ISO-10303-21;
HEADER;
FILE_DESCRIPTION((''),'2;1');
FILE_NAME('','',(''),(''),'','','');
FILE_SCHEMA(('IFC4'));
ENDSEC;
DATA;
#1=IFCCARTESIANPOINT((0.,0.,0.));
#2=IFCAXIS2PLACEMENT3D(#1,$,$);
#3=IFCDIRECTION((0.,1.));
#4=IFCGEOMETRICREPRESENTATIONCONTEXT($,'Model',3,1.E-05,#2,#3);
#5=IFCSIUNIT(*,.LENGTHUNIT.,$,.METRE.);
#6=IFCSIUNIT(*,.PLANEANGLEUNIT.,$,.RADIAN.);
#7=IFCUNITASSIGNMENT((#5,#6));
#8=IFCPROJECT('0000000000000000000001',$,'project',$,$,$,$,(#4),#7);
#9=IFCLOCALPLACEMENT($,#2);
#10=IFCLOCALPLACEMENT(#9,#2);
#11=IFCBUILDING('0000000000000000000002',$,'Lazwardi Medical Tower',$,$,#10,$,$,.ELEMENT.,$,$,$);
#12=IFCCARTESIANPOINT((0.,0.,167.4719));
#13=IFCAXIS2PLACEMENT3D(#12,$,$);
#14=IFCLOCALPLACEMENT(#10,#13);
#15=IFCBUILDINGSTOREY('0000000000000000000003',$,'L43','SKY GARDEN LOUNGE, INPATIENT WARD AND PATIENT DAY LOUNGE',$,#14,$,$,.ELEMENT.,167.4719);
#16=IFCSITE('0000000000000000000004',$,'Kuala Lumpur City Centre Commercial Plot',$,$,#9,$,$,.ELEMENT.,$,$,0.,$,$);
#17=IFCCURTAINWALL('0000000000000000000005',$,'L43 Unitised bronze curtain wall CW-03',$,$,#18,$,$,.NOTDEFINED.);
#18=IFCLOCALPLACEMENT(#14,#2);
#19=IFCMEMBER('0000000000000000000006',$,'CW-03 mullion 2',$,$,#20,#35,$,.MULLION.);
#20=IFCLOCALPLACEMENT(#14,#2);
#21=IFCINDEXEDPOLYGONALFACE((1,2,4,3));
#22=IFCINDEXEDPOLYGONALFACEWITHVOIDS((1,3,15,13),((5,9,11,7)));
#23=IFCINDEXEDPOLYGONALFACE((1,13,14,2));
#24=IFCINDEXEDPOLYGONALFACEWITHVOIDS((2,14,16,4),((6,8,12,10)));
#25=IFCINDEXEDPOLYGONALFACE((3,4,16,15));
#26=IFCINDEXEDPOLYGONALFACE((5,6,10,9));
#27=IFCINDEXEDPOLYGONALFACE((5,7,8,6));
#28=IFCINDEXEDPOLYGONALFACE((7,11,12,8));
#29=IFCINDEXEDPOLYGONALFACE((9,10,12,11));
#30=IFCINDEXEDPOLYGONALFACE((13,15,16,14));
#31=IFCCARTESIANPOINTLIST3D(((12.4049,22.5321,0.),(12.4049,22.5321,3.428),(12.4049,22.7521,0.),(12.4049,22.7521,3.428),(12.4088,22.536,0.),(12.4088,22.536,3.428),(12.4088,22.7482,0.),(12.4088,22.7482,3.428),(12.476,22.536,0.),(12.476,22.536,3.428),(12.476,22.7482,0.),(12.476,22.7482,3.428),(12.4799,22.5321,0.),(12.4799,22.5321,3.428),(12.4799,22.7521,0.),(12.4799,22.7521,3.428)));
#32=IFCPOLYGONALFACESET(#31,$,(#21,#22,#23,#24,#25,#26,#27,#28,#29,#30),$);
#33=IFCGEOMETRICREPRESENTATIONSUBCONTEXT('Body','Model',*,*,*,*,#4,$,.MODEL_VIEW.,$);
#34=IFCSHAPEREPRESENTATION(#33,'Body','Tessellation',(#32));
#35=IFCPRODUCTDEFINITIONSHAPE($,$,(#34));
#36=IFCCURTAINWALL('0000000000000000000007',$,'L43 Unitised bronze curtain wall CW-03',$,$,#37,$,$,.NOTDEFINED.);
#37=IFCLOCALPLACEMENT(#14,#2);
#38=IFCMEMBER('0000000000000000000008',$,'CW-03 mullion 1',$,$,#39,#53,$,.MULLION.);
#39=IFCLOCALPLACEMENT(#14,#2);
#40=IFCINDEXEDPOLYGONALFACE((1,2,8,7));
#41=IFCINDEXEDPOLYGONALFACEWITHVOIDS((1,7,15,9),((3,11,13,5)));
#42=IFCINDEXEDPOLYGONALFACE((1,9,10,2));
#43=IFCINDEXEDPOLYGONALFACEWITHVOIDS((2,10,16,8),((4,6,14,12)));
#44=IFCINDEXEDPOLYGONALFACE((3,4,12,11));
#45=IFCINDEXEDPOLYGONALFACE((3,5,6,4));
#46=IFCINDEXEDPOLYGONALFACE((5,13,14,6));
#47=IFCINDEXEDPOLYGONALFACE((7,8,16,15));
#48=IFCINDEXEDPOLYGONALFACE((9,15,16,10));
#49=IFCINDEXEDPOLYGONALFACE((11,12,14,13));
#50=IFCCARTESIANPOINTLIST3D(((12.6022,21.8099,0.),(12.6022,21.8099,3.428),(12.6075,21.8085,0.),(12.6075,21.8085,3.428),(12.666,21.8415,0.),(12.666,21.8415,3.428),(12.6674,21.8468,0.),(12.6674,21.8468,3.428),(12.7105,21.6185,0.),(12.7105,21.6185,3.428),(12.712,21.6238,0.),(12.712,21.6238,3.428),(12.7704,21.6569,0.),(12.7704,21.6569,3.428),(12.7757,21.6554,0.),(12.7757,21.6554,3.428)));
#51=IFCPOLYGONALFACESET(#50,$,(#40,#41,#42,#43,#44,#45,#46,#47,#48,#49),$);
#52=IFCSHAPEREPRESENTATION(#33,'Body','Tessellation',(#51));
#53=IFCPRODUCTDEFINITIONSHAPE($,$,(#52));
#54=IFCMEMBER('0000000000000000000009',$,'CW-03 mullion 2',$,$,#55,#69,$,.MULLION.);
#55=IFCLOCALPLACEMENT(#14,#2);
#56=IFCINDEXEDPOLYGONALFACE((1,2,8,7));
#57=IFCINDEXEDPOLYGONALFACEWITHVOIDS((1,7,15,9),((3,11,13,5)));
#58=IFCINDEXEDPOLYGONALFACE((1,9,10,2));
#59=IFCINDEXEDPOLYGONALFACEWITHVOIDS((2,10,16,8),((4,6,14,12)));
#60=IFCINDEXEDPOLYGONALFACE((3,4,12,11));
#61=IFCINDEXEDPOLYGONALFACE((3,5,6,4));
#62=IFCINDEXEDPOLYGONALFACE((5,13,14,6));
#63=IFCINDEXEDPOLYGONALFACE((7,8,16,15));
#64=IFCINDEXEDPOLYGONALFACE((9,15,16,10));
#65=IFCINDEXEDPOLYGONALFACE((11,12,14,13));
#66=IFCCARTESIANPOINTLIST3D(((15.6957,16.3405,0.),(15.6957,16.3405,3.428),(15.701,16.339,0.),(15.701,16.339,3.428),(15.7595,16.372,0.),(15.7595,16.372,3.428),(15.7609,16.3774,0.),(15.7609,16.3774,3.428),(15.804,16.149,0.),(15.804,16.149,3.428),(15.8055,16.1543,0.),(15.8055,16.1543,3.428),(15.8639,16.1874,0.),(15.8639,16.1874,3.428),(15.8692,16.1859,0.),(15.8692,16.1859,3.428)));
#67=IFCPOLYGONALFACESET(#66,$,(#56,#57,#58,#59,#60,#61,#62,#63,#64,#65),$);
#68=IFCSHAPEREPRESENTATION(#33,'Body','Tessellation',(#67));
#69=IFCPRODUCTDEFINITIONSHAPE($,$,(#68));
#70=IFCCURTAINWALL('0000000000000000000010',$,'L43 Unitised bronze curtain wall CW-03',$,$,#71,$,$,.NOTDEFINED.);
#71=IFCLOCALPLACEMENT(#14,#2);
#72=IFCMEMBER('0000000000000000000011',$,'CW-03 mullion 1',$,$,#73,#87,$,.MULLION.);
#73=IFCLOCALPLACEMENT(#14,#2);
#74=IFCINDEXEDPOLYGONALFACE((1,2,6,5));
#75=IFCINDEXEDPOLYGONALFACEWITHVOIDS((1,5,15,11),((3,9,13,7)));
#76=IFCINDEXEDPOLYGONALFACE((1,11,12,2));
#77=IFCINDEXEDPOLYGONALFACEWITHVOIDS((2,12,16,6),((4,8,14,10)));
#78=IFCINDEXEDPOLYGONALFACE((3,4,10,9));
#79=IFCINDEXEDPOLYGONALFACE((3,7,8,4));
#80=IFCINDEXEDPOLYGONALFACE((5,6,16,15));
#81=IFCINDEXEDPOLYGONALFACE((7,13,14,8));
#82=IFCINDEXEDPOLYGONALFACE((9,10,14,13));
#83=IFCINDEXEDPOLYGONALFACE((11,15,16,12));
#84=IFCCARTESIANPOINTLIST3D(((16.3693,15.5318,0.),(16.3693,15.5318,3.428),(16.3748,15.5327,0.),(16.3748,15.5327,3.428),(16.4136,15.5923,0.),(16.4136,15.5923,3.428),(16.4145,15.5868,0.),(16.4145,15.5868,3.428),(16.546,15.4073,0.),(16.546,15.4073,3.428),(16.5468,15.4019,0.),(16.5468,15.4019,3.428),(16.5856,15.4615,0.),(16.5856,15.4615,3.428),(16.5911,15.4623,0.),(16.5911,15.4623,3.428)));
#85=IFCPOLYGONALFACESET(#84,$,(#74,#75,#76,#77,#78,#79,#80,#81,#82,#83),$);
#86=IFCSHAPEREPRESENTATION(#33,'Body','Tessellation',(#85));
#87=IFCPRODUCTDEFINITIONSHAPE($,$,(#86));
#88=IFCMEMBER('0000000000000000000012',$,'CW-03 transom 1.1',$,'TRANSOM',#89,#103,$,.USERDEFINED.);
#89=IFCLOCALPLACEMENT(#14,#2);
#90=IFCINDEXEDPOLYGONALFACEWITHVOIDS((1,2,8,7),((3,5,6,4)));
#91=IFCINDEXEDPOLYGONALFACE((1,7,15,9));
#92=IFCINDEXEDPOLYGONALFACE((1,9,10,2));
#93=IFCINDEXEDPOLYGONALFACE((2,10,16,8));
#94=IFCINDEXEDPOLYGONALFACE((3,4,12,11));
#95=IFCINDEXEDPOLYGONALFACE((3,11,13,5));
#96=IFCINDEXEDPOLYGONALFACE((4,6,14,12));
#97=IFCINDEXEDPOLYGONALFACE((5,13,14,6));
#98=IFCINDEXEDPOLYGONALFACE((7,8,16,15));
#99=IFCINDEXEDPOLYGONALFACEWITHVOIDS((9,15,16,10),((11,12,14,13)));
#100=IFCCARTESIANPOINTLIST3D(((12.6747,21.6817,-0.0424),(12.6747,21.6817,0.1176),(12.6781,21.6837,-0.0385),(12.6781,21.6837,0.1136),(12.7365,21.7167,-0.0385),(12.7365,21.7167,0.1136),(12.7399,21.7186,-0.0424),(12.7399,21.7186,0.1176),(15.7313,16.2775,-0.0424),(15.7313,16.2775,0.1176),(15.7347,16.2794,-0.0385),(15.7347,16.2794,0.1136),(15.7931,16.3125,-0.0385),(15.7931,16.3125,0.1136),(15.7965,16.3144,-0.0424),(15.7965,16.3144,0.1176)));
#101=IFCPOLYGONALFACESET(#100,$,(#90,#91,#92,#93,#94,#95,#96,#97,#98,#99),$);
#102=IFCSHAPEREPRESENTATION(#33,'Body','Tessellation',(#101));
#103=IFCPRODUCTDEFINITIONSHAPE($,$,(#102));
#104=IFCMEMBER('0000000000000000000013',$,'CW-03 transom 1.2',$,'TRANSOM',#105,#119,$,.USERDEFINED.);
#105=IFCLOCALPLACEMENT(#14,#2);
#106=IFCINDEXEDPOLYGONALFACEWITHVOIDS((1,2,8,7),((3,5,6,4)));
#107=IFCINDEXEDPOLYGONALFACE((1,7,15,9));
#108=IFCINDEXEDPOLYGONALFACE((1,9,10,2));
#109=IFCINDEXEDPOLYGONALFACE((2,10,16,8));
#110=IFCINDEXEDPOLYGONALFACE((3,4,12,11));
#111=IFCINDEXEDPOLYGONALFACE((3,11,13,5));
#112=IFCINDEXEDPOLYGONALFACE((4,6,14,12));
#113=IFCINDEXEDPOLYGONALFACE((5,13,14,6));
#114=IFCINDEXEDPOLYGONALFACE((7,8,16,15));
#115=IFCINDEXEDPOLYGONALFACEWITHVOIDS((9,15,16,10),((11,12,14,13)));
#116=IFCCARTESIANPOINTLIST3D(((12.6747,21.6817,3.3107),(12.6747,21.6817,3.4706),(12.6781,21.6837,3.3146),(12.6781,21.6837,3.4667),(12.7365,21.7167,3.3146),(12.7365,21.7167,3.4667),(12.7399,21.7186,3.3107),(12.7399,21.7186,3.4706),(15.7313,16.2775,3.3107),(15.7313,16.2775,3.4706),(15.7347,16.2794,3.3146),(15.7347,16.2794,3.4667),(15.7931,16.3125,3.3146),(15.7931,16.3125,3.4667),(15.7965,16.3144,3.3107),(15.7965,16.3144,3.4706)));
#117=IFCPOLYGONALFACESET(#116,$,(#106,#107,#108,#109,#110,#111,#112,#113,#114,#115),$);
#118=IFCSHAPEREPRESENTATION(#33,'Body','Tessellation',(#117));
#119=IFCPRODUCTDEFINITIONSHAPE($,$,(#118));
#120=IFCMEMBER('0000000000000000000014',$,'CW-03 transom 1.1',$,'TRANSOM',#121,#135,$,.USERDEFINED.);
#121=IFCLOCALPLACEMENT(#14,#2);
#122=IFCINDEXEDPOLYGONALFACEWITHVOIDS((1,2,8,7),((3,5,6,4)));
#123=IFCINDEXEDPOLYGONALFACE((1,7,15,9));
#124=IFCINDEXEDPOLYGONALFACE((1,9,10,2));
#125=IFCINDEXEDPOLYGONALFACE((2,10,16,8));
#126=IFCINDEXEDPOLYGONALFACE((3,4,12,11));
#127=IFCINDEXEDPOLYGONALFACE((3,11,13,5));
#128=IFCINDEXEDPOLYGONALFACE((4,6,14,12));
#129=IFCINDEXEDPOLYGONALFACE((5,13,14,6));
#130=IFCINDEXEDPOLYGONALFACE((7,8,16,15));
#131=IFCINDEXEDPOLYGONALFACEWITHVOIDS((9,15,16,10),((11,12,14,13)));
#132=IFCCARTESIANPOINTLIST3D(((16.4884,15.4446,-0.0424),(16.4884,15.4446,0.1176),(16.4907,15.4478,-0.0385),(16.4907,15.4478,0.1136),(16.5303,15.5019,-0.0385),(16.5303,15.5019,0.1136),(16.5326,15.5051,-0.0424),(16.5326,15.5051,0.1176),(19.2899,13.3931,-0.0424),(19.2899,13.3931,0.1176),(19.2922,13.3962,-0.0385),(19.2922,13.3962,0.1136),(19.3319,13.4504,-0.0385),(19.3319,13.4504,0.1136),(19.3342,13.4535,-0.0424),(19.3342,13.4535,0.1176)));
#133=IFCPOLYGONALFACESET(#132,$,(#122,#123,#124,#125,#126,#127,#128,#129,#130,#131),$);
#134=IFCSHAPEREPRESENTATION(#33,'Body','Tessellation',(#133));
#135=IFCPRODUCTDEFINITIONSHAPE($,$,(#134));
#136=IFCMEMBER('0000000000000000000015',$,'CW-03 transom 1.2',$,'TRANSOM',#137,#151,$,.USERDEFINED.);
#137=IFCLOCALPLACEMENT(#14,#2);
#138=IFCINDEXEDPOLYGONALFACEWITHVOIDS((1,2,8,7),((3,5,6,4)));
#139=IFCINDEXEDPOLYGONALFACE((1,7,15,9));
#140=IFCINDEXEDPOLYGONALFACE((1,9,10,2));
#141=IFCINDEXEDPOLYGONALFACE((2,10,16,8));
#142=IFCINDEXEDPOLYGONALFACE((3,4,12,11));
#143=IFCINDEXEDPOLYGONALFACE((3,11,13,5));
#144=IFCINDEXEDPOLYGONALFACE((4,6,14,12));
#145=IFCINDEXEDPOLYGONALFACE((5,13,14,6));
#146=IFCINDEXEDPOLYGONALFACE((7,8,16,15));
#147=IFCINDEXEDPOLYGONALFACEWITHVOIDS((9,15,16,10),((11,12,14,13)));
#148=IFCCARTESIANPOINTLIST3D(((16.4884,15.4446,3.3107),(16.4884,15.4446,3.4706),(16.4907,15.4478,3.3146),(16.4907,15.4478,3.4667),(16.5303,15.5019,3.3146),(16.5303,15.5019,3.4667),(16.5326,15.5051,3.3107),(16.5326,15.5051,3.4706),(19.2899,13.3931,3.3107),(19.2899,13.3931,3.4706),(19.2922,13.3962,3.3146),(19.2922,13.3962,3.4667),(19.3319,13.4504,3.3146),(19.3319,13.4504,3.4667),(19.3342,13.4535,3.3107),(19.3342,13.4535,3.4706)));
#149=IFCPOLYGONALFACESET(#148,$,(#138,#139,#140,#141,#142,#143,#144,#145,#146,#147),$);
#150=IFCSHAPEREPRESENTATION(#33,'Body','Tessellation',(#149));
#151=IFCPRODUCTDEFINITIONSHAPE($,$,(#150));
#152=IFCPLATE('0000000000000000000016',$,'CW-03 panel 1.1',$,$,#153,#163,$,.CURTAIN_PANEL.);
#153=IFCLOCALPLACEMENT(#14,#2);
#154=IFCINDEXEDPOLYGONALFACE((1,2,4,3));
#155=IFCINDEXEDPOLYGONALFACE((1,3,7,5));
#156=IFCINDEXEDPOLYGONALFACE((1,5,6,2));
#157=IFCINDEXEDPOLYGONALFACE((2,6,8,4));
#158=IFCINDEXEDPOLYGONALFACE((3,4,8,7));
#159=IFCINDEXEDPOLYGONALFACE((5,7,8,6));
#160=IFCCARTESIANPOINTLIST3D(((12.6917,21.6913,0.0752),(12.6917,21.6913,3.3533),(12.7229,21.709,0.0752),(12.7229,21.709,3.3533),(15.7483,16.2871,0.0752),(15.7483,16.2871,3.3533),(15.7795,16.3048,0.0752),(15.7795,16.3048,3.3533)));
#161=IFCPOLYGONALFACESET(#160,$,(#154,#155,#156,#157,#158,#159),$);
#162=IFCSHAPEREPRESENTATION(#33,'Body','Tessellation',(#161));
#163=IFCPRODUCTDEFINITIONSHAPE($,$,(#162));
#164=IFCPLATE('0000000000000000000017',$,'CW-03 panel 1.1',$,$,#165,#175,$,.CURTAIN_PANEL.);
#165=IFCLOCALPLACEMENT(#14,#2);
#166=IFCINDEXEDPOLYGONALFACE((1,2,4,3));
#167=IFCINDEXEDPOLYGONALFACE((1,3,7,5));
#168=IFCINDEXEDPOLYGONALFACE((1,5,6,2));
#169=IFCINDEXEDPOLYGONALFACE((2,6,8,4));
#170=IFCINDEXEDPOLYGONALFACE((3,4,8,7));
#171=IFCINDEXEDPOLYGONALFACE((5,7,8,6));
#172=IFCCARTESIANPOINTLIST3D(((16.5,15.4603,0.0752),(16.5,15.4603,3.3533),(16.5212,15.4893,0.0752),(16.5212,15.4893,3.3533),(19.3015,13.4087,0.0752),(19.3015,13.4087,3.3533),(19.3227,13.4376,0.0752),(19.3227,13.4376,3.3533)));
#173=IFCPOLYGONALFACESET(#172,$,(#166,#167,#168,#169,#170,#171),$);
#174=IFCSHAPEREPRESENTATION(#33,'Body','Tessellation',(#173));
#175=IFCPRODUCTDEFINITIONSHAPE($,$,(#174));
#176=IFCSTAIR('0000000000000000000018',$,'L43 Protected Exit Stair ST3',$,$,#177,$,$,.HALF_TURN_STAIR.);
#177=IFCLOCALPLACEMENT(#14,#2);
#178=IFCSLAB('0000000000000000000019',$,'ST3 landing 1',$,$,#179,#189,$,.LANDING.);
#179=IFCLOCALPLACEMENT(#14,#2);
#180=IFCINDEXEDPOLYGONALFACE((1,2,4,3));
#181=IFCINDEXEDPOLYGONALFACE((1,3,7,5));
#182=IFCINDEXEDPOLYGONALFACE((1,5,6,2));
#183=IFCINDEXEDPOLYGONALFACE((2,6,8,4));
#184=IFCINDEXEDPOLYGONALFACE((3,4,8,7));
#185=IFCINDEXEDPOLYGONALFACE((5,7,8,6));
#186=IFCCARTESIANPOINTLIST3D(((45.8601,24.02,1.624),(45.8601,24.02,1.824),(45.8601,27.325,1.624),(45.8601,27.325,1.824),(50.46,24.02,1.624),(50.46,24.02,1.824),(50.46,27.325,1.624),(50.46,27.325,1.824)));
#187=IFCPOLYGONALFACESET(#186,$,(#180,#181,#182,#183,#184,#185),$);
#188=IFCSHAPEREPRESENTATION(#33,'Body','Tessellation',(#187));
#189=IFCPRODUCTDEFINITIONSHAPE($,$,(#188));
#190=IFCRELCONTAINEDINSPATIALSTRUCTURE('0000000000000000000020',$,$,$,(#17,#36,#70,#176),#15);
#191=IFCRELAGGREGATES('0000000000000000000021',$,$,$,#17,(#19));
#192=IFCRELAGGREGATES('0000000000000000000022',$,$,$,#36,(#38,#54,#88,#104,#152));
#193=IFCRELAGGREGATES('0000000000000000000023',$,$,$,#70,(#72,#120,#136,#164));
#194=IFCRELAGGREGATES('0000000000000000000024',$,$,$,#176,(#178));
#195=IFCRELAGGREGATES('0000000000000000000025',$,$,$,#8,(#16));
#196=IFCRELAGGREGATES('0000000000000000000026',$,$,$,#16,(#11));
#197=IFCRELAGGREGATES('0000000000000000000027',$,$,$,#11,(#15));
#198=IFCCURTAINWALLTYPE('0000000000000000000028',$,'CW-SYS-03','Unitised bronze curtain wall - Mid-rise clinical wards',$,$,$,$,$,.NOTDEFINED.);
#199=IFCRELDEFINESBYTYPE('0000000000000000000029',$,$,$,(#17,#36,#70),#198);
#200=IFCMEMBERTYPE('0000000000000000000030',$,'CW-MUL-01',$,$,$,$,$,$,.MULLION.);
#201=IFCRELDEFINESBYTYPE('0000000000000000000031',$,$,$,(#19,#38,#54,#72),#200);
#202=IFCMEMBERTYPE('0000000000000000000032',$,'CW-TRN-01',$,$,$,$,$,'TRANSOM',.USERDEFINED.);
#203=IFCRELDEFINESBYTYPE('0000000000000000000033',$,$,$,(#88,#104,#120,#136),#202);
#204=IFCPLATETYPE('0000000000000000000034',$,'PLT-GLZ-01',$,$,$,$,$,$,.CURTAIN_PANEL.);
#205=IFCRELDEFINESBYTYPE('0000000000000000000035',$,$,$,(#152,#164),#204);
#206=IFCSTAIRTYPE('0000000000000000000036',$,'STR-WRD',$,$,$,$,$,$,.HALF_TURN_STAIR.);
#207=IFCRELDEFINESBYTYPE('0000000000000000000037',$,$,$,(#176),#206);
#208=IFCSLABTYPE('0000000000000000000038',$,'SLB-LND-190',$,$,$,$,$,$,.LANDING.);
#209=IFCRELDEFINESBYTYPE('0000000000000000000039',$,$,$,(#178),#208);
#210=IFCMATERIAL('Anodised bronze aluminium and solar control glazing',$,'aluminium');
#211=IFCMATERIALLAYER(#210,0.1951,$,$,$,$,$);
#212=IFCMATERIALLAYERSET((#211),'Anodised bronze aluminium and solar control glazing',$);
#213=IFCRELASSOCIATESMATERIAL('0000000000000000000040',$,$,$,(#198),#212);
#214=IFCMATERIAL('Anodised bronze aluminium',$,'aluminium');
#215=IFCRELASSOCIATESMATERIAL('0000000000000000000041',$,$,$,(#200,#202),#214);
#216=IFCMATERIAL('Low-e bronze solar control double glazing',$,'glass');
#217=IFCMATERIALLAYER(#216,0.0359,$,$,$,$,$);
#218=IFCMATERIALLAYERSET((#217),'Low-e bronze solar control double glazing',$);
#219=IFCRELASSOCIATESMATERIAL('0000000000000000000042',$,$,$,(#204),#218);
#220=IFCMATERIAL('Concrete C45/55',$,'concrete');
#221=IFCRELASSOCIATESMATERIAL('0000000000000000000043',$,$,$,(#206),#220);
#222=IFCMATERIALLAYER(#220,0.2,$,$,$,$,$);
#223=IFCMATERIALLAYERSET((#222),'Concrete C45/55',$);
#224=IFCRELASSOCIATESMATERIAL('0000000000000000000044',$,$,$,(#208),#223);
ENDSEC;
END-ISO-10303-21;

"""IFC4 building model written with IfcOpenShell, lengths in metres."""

from ifc_helpers import new_model, si_unit, direction, frame, origin, origin_2d, place, context, subcontext, project, spatial, polyline, rectangle, hollow_rectangle, outline, extrude, material, layer, layer_set, material_profile, profile_set, type_object, element, aggregate, save


model = new_model("IFC4")

# Units and contexts
model_context = context("Model", 3, precision=1e-05, world=origin(), true_north=direction((0.0, 1.0)))
body_context = subcontext(model_context, "Body", "Model", "MODEL_VIEW")
ifc_project = project(units=[si_unit("LENGTHUNIT", "METRE"), si_unit("PLANEANGLEUNIT", "RADIAN")], contexts=[model_context])

# Site, building, storey
site_placement = place(None, origin())
site = spatial("IfcSite", under=ifc_project, at=site_placement, Name="Kuala Lumpur City Centre Commercial Plot", CompositionType="ELEMENT", RefElevation=0.0)
building_placement = place(site_placement, origin())
building = spatial("IfcBuilding", under=site, at=building_placement, Name="Lazwardi Medical Tower", CompositionType="ELEMENT")
storey_placement = place(building_placement, frame((0.0, 0.0, 167.4719)))
storey = spatial("IfcBuildingStorey", under=building, at=storey_placement, Name="L43", Description="SKY GARDEN LOUNGE, INPATIENT WARD AND PATIENT DAY LOUNGE", CompositionType="ELEMENT", Elevation=167.4719)

# Curtain wall, member
ifc_material_1 = material(Name="Anodised bronze aluminium and solar control glazing", Category="aluminium")
ifc_layer_1 = layer(ifc_material_1, 0.1951)
ifc_layer_set_1 = layer_set([ifc_layer_1], Name="Anodised bronze aluminium and solar control glazing")
curtain_wall_type = type_object("IfcCurtainWallType", Name="CW-SYS-03", Description="Unitised bronze curtain wall - Mid-rise clinical wards", PredefinedType="NOTDEFINED", material=ifc_layer_set_1)
curtain_wall_1_placement = place(storey_placement, origin())
curtain_wall_1 = element("IfcCurtainWall", 1, at=curtain_wall_1_placement, inside=storey, type_object=curtain_wall_type, Name="L43 Unitised bronze curtain wall CW-03", PredefinedType="NOTDEFINED")
ifc_material_2 = material(Name="Anodised bronze aluminium", Category="aluminium")
ifc_material_profile_1 = material_profile(ifc_material_2, hollow_rectangle(XDim=0.075, YDim=0.22, WallThickness=0.0039, at=origin_2d()), Name="ALU-MULLION 220x75x4")
ifc_profile_set_1 = profile_set([ifc_material_profile_1], Name="Anodised bronze aluminium")
member_type_1 = type_object("IfcMemberType", Name="CW-MUL-01", PredefinedType="MULLION", material=ifc_profile_set_1)
member_1_placement = place(storey_placement, frame((12.4424, 22.6421, 0.0), z_axis=(0.0, 0.0, 1.0), x_axis=(1.0, 0.0, 0.0)))
member_1 = element("IfcMember", 2, at=member_1_placement, type_object=member_type_1, Name="CW-03 mullion 2", PredefinedType="MULLION", context=body_context, shape_type="SweptSolid", body=[
    extrude(hollow_rectangle(XDim=0.075, YDim=0.22, WallThickness=0.0039, at=origin_2d()), origin(), (0.0, 0.0, 1.0), 3.428),
])
aggregate(curtain_wall_1, [member_1])

# Curtain wall, members
curtain_wall_2_placement = place(storey_placement, origin())
curtain_wall_2 = element("IfcCurtainWall", 3, at=curtain_wall_2_placement, inside=storey, type_object=curtain_wall_type, Name="L43 Unitised bronze curtain wall CW-03", PredefinedType="NOTDEFINED")
member_2_placement = place(storey_placement, frame((12.689, 21.7327, 0.0), z_axis=(0.0, 0.0, 1.0), x_axis=(0.870419, 0.492312, 0.0)))
member_2 = element("IfcMember", 4, at=member_2_placement, type_object=member_type_1, Name="CW-03 mullion 1", PredefinedType="MULLION", context=body_context, shape_type="SweptSolid", body=[
    extrude(hollow_rectangle(XDim=0.075, YDim=0.22, WallThickness=0.0039, at=origin_2d()), origin(), (0.0, 0.0, 1.0), 3.428),
])
member_3_placement = place(storey_placement, frame((15.7825, 16.2632, 0.0), z_axis=(0.0, 0.0, 1.0), x_axis=(0.870419, 0.492312, 0.0)))
member_3 = element("IfcMember", 5, at=member_3_placement, type_object=member_type_1, Name="CW-03 mullion 2", PredefinedType="MULLION", context=body_context, shape_type="SweptSolid", body=[
    extrude(hollow_rectangle(XDim=0.075, YDim=0.22, WallThickness=0.0039, at=origin_2d()), origin(), (0.0, 0.0, 1.0), 3.428),
])

# Curtain wall, member
curtain_wall_3_placement = place(storey_placement, origin())
curtain_wall_3 = element("IfcCurtainWall", 6, at=curtain_wall_3_placement, inside=storey, type_object=curtain_wall_type, Name="L43 Unitised bronze curtain wall CW-03", PredefinedType="NOTDEFINED")
member_4_placement = place(storey_placement, frame((16.4802, 15.4971, 0.0), z_axis=(0.0, 0.0, 1.0), x_axis=(0.590834, 0.806793, 0.0)))
member_4 = element("IfcMember", 7, at=member_4_placement, type_object=member_type_1, Name="CW-03 mullion 1", PredefinedType="MULLION", context=body_context, shape_type="SweptSolid", body=[
    extrude(hollow_rectangle(XDim=0.075, YDim=0.22, WallThickness=0.0039, at=origin_2d()), origin(), (0.0, 0.0, 1.0), 3.428),
])

# Members
ifc_material_profile_2 = material_profile(ifc_material_2, hollow_rectangle(XDim=0.075, YDim=0.1599, WallThickness=0.0039, at=origin_2d()), Name="ALU-TRANSOM 160x75x4")
ifc_profile_set_2 = profile_set([ifc_material_profile_2], Name="Anodised bronze aluminium")
member_type_2 = type_object("IfcMemberType", Name="CW-TRN-01", ElementType="TRANSOM", PredefinedType="USERDEFINED", material=ifc_profile_set_2)
member_5_placement = place(storey_placement, frame((12.7073, 21.7002, 0.0376), z_axis=(0.492306, -0.870422, 0.0), x_axis=(0.870422, 0.492306, 0.0)))
member_5 = element("IfcMember", 8, at=member_5_placement, type_object=member_type_2, Name="CW-03 transom 1.1", ObjectType="TRANSOM", PredefinedType="USERDEFINED", context=body_context, shape_type="SweptSolid", body=[
    extrude(hollow_rectangle(XDim=0.075, YDim=0.1599, WallThickness=0.0039, at=origin_2d()), origin(), (0.0, 0.0, 1.0), 6.2087),
])
member_6_placement = place(storey_placement, frame((12.7073, 21.7002, 3.3906), z_axis=(0.492306, -0.870422, 0.0), x_axis=(0.870422, 0.492306, 0.0)))
member_6 = element("IfcMember", 9, at=member_6_placement, type_object=member_type_2, Name="CW-03 transom 1.2", ObjectType="TRANSOM", PredefinedType="USERDEFINED", context=body_context, shape_type="SweptSolid", body=[
    extrude(hollow_rectangle(XDim=0.075, YDim=0.1599, WallThickness=0.0039, at=origin_2d()), origin(), (0.0, 0.0, 1.0), 6.2087),
])
member_7_placement = place(storey_placement, frame((16.5105, 15.4749, 0.0376), z_axis=(0.806807, -0.590815, 0.0), x_axis=(0.590815, 0.806807, 0.0)))
member_7 = element("IfcMember", 10, at=member_7_placement, type_object=member_type_2, Name="CW-03 transom 1.1", ObjectType="TRANSOM", PredefinedType="USERDEFINED", context=body_context, shape_type="SweptSolid", body=[
    extrude(hollow_rectangle(XDim=0.075, YDim=0.1599, WallThickness=0.0039, at=origin_2d()), origin(), (0.0, 0.0, 1.0), 3.4724),
])
member_8_placement = place(storey_placement, frame((16.5105, 15.4749, 3.3906), z_axis=(0.806807, -0.590815, 0.0), x_axis=(0.590815, 0.806807, 0.0)))
member_8 = element("IfcMember", 11, at=member_8_placement, type_object=member_type_2, Name="CW-03 transom 1.2", ObjectType="TRANSOM", PredefinedType="USERDEFINED", context=body_context, shape_type="SweptSolid", body=[
    extrude(hollow_rectangle(XDim=0.075, YDim=0.1599, WallThickness=0.0039, at=origin_2d()), origin(), (0.0, 0.0, 1.0), 3.4724),
])

# Plates
ifc_material_3 = material(Name="Low-e bronze solar control double glazing", Category="glass")
ifc_layer_2 = layer(ifc_material_3, 0.0359)
ifc_layer_set_2 = layer_set([ifc_layer_2], Name="Low-e bronze solar control double glazing")
plate_type = type_object("IfcPlateType", Name="PLT-GLZ-01", PredefinedType="CURTAIN_PANEL", material=ifc_layer_set_2)
plate_1_placement = place(storey_placement, frame((14.2356, 18.998, 0.0752), z_axis=(0.0, 0.0, 1.0), x_axis=(0.492312, -0.870419, 0.0)))
plate_1 = element("IfcPlate", 12, at=plate_1_placement, type_object=plate_type, Name="CW-03 panel 1.1", PredefinedType="CURTAIN_PANEL", context=body_context, shape_type="SweptSolid", body=[
    extrude(rectangle(XDim=6.2087, YDim=0.0359, at=origin_2d()), origin(), (0.0, 0.0, 1.0), 3.2781),
])
aggregate(curtain_wall_2, [member_2, member_3, member_5, member_6, plate_1])
plate_2_placement = place(storey_placement, frame((17.9114, 14.449, 0.0752), z_axis=(0.0, 0.0, 1.0), x_axis=(0.806793, -0.590834, 0.0)))
plate_2 = element("IfcPlate", 13, at=plate_2_placement, type_object=plate_type, Name="CW-03 panel 1.1", PredefinedType="CURTAIN_PANEL", context=body_context, shape_type="SweptSolid", body=[
    extrude(rectangle(XDim=3.4724, YDim=0.0359, at=origin_2d()), origin(), (0.0, 0.0, 1.0), 3.2781),
])
aggregate(curtain_wall_3, [member_4, member_7, member_8, plate_2])

# Stair, slab
ifc_material_4 = material(Name="Concrete C45/55", Category="concrete")
stair_type = type_object("IfcStairType", Name="STR-WRD", PredefinedType="HALF_TURN_STAIR", material=ifc_material_4)
stair_placement = place(storey_placement, origin())
stair = element("IfcStair", 14, at=stair_placement, inside=storey, type_object=stair_type, Name="L43 Protected Exit Stair ST3", PredefinedType="HALF_TURN_STAIR")
ifc_layer_3 = layer(ifc_material_4, 0.2)
ifc_layer_set_3 = layer_set([ifc_layer_3], Name="Concrete C45/55")
slab_type = type_object("IfcSlabType", Name="SLB-LND-190", PredefinedType="LANDING", material=ifc_layer_set_3)
slab_placement = place(storey_placement, frame((0.0, 0.0, 1.624)))
slab = element("IfcSlab", 15, at=slab_placement, type_object=slab_type, Name="ST3 landing 1", PredefinedType="LANDING", context=body_context, shape_type="SweptSolid", body=[
    extrude(outline(polyline([(45.8601, 27.325), (45.8601, 24.02), (50.46, 24.02), (50.46, 27.325), (45.8601, 27.325)])), origin(), (0.0, 0.0, 1.0), 0.2),
])
aggregate(stair, [slab])

save(model, "model.ifc")
